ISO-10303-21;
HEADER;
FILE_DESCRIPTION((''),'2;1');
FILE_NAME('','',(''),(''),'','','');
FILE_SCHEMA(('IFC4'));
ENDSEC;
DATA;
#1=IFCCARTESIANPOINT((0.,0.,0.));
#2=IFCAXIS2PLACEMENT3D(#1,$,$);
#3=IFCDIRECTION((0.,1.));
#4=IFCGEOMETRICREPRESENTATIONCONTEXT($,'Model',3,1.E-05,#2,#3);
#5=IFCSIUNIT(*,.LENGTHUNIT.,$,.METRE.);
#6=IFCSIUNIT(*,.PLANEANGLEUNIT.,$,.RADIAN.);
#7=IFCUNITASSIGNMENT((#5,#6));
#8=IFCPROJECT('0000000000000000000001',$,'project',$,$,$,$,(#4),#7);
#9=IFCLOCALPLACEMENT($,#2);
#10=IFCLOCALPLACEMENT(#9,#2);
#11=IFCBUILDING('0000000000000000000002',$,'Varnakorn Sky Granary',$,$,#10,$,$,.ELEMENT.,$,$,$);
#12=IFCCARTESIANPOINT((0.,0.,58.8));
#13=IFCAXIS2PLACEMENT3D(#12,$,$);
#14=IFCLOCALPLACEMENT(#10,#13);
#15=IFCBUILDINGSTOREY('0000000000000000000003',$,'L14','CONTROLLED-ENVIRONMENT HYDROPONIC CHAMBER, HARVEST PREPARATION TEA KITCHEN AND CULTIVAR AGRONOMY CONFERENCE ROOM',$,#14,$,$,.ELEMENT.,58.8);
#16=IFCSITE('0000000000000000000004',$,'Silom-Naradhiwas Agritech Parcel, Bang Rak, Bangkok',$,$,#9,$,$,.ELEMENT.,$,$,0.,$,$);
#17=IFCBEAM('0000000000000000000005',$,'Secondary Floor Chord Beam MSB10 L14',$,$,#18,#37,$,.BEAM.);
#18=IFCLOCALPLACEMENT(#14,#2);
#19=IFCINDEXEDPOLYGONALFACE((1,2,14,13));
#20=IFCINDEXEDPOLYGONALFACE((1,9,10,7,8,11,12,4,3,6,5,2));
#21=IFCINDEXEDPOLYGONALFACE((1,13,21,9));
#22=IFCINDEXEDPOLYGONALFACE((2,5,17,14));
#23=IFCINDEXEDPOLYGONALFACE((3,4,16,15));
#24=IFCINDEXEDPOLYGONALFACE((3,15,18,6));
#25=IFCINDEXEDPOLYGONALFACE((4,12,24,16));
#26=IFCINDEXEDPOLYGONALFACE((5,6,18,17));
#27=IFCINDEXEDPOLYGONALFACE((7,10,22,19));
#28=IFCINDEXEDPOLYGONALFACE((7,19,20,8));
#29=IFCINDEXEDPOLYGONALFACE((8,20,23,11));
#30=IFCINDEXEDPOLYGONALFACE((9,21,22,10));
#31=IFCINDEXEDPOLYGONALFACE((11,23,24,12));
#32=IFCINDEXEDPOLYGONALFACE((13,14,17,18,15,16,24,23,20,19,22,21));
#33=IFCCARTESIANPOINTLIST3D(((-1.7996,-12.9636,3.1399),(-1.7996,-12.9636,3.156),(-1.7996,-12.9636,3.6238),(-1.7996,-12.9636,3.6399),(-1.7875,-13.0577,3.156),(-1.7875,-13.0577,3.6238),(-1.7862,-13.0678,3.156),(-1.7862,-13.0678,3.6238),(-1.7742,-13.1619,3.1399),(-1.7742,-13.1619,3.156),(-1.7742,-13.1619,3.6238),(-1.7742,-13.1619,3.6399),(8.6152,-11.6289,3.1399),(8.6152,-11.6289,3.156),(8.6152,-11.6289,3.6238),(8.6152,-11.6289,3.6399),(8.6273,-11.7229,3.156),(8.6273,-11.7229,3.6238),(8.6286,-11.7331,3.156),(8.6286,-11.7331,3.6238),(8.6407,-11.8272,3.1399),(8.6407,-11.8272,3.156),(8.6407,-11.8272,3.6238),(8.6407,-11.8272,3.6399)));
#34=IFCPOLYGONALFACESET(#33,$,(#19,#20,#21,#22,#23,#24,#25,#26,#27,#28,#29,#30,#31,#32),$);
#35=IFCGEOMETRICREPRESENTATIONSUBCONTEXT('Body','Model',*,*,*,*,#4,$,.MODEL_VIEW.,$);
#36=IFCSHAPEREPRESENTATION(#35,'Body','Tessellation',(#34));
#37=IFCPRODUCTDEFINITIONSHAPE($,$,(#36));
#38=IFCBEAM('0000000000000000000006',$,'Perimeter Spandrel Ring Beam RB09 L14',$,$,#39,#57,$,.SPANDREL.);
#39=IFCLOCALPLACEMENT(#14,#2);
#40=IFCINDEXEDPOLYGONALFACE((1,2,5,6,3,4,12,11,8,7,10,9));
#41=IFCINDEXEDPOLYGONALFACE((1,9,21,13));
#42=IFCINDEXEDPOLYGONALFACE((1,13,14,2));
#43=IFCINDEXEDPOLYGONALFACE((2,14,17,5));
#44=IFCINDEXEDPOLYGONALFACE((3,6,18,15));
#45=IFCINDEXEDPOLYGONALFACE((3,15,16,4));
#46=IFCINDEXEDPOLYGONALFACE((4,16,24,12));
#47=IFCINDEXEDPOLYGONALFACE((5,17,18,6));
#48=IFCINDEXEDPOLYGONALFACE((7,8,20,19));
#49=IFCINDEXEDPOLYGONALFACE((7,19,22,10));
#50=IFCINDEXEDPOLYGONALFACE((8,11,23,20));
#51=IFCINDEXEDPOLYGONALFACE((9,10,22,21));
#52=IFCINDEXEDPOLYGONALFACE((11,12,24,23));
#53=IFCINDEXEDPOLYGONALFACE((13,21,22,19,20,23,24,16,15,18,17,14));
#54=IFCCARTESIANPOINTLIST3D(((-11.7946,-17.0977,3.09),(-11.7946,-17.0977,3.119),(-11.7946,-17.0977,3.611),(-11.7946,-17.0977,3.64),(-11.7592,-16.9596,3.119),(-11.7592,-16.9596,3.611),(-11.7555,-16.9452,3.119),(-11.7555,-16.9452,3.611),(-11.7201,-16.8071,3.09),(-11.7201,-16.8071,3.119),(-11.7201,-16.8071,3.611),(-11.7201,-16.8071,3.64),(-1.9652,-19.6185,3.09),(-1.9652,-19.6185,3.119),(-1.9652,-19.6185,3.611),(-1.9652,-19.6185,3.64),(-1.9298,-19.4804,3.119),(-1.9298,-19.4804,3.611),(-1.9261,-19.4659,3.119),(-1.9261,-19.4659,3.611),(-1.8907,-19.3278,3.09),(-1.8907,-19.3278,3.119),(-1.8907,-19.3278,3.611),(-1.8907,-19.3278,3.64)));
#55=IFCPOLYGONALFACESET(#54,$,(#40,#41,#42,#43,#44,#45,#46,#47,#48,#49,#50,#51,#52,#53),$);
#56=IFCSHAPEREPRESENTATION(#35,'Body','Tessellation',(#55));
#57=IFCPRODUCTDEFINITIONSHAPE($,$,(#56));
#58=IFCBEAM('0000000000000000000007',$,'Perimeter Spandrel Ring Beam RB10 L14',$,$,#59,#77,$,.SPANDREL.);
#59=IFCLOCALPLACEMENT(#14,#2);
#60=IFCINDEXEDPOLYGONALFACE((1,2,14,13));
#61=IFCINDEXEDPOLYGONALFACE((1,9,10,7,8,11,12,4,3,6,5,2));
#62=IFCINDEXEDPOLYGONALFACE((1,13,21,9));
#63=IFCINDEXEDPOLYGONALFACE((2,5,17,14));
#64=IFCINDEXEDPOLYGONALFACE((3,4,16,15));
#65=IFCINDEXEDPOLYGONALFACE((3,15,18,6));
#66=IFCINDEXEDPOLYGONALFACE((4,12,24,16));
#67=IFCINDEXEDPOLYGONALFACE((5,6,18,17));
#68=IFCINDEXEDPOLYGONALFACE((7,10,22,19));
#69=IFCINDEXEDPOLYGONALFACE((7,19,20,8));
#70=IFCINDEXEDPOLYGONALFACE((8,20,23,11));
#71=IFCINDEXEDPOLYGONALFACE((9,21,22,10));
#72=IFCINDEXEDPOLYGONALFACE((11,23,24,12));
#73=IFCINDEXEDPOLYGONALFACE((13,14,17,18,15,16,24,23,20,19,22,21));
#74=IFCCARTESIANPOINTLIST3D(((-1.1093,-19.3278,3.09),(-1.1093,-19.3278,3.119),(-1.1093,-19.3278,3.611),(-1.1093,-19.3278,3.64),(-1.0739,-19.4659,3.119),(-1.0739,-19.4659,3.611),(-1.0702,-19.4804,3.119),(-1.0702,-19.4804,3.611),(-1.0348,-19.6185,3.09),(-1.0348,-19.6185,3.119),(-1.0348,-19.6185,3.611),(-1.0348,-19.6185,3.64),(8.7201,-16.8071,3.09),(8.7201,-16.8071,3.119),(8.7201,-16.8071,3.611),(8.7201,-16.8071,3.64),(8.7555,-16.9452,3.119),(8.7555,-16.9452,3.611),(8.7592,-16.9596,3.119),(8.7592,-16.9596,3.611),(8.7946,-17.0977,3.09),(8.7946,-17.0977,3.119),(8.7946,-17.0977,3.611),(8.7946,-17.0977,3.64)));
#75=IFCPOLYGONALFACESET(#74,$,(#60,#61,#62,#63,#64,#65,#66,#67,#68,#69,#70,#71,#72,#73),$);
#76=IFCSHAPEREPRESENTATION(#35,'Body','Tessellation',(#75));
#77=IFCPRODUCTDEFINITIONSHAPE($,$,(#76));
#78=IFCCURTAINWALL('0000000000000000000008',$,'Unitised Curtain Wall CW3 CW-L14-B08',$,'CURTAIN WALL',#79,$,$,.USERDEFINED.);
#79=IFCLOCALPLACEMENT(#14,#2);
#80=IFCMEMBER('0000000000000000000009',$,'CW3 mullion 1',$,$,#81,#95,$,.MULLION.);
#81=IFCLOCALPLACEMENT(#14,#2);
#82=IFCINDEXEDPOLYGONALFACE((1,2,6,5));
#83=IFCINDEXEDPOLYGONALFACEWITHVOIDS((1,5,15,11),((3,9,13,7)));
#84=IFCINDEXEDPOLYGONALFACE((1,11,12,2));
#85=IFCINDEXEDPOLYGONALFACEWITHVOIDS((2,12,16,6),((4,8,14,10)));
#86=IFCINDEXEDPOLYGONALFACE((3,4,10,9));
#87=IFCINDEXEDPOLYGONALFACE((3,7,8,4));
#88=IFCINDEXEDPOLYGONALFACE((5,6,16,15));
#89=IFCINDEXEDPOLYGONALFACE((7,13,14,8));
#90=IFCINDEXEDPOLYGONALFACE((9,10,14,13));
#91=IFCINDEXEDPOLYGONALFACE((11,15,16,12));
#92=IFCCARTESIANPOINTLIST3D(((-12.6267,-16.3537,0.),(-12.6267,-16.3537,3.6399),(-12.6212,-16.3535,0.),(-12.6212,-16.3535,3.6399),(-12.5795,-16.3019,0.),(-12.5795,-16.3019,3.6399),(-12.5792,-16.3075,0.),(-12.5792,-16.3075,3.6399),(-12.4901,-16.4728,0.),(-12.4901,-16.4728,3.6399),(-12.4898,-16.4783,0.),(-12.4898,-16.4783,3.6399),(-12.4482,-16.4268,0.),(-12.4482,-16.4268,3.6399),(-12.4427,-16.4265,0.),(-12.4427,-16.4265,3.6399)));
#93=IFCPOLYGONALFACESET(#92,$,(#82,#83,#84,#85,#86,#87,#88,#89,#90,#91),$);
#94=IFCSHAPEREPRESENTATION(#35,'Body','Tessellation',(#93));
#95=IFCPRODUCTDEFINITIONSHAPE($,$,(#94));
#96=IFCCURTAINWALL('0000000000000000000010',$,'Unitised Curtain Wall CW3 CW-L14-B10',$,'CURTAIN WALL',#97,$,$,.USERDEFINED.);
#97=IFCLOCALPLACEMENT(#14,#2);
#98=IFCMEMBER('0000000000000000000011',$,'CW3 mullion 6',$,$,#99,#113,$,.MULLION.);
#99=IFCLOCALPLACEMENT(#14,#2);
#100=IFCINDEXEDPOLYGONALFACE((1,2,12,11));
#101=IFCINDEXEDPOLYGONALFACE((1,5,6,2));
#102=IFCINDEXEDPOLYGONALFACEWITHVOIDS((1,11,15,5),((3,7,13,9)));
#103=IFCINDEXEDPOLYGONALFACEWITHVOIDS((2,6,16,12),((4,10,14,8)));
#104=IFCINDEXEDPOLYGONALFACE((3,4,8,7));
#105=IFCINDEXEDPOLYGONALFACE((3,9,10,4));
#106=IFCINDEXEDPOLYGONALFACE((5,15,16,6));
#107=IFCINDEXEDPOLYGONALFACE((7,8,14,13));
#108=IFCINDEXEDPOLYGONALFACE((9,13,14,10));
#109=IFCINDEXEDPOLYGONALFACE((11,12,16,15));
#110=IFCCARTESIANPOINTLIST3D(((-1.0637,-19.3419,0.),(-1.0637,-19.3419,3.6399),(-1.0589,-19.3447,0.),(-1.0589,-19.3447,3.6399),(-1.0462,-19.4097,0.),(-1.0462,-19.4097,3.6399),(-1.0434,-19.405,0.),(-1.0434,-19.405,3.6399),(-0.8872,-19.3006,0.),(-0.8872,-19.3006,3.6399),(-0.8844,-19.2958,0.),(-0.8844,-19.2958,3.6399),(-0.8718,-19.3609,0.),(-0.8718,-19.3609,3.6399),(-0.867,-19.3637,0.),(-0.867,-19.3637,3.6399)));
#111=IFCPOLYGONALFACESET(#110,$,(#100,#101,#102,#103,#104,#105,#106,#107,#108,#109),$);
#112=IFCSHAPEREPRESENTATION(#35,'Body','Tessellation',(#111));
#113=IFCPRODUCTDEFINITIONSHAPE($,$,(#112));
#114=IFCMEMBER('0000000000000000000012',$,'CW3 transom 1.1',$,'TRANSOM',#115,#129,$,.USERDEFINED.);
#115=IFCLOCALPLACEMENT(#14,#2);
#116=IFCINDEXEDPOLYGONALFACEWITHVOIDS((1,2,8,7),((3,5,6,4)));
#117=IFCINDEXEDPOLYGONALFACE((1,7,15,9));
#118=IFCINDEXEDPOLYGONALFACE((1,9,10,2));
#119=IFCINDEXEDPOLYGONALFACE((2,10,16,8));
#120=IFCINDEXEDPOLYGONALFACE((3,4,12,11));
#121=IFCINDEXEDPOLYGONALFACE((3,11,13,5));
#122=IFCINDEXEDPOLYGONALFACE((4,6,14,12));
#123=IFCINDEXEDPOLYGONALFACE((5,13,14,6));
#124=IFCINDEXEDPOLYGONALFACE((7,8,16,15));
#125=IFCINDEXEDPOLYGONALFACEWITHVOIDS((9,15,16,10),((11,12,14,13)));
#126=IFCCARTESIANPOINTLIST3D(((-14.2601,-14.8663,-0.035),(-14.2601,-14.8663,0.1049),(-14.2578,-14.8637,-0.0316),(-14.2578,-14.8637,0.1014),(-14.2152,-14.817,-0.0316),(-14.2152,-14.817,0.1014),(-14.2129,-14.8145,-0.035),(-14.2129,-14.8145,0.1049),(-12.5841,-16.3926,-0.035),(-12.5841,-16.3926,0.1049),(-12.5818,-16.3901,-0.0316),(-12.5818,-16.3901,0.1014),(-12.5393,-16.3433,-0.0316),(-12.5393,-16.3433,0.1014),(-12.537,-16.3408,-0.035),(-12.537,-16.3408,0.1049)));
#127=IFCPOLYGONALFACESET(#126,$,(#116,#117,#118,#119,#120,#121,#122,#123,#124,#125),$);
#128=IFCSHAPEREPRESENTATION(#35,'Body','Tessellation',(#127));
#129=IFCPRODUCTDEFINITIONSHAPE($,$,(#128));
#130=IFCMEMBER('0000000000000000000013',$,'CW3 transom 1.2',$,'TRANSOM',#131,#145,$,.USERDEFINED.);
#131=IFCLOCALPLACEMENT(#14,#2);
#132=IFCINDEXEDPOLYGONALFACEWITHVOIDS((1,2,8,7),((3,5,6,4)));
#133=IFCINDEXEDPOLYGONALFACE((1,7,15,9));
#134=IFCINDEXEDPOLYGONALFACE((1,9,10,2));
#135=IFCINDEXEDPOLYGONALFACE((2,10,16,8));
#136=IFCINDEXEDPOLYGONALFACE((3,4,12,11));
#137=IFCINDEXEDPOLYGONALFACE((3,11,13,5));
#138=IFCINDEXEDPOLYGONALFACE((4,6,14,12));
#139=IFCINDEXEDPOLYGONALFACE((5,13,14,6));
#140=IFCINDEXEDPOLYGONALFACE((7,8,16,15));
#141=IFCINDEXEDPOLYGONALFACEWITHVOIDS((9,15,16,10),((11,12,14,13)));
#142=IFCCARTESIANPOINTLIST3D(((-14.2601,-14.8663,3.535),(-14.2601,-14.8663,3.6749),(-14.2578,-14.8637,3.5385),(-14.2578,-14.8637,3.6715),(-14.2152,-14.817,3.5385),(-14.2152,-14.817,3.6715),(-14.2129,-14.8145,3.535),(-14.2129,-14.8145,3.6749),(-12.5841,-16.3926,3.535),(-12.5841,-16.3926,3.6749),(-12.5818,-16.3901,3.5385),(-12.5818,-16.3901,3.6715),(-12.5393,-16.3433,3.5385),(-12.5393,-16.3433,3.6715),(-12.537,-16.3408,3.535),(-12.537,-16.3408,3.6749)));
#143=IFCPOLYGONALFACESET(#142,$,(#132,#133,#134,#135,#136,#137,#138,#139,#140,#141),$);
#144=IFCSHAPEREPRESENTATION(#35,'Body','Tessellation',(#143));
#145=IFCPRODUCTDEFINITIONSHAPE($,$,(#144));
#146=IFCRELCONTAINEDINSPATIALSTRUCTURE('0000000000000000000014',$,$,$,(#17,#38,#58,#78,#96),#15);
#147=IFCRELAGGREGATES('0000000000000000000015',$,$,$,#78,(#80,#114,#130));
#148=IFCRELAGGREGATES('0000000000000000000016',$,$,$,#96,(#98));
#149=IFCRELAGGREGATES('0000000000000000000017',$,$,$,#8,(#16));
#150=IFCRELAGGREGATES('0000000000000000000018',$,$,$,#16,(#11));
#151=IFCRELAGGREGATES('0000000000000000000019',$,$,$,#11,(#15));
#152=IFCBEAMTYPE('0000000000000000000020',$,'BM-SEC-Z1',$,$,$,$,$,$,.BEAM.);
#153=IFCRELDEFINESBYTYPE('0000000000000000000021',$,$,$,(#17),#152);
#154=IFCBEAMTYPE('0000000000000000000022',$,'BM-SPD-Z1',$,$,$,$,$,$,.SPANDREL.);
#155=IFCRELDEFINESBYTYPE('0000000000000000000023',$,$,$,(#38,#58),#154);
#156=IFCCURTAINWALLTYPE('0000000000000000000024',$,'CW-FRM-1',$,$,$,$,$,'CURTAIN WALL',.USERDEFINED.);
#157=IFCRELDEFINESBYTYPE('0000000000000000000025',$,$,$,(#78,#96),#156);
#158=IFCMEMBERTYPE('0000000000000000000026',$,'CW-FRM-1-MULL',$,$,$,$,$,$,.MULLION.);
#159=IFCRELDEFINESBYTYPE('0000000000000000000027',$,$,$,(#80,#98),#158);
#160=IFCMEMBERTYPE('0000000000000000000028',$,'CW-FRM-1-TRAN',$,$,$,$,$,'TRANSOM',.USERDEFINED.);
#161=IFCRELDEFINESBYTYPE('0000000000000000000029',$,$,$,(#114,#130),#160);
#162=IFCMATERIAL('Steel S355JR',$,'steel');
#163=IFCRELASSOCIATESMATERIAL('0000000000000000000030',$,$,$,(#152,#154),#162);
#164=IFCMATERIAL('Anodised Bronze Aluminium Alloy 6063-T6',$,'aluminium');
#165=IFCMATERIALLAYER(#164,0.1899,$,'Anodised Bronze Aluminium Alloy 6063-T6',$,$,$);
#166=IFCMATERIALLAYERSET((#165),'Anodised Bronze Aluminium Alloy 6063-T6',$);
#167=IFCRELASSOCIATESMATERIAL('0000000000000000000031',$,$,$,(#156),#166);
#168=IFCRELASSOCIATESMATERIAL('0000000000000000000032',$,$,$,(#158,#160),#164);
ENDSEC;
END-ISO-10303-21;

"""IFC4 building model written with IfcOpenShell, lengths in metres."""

from ifc_helpers import new_model, si_unit, direction, frame, origin, origin_2d, place, context, subcontext, project, spatial, hollow_rectangle, i_section, extrude, material, layer, layer_set, material_profile, profile_set, type_object, element, aggregate, save


model = new_model("IFC4")

# Units and contexts
model_context = context("Model", 3, precision=1e-05, world=origin(), true_north=direction((0.0, 1.0)))
body_context = subcontext(model_context, "Body", "Model", "MODEL_VIEW")
ifc_project = project(units=[si_unit("LENGTHUNIT", "METRE"), si_unit("PLANEANGLEUNIT", "RADIAN")], contexts=[model_context])

# Site, building, storey
site_placement = place(None, origin())
site = spatial("IfcSite", under=ifc_project, at=site_placement, Name="Silom-Naradhiwas Agritech Parcel, Bang Rak, Bangkok", CompositionType="ELEMENT", RefElevation=0.0)
building_placement = place(site_placement, origin())
building = spatial("IfcBuilding", under=site, at=building_placement, Name="Varnakorn Sky Granary", CompositionType="ELEMENT")
storey_placement = place(building_placement, frame((0.0, 0.0, 58.8)))
storey = spatial("IfcBuildingStorey", under=building, at=storey_placement, Name="L14", Description="CONTROLLED-ENVIRONMENT HYDROPONIC CHAMBER, HARVEST PREPARATION TEA KITCHEN AND CULTIVAR AGRONOMY CONFERENCE ROOM", CompositionType="ELEMENT", Elevation=58.8)

# Beams
ifc_material_1 = material(Name="Steel S355JR", Category="steel")
ifc_material_profile_1 = material_profile(ifc_material_1, i_section(OverallWidth=0.2, OverallDepth=0.5, WebThickness=0.0103, FlangeThickness=0.0161, at=origin_2d()), Name="IPE 500")
ifc_profile_set_1 = profile_set([ifc_material_profile_1], Name="Steel S355JR")
beam_type_1 = type_object("IfcBeamType", Name="BM-SEC-Z1", PredefinedType="BEAM", material=ifc_profile_set_1)
beam_1_placement = place(storey_placement, frame((-1.7869, -13.0627, 3.3899), z_axis=(0.991888, 0.127116, 0.0), x_axis=(-0.127116, 0.991888, 0.0)))
element("IfcBeam", 1, at=beam_1_placement, inside=storey, type_object=beam_type_1, Name="Secondary Floor Chord Beam MSB10 L14", PredefinedType="BEAM", context=body_context, shape_type="SweptSolid", body=[
    extrude(i_section(OverallWidth=0.2, OverallDepth=0.5, WebThickness=0.0103, FlangeThickness=0.0161, at=origin_2d()), origin(), (0.0, 0.0, 1.0), 10.5),
])
ifc_material_profile_2 = material_profile(ifc_material_1, i_section(OverallWidth=0.3, OverallDepth=0.55, WebThickness=0.0149, FlangeThickness=0.0291, at=origin_2d()), Name="HE 550 B")
ifc_profile_set_2 = profile_set([ifc_material_profile_2], Name="Steel S355JR")
beam_type_2 = type_object("IfcBeamType", Name="BM-SPD-Z1", PredefinedType="SPANDREL", material=ifc_profile_set_2)
for number, where, z_axis, x_axis, name in (
    (2, (-11.7573, -16.9524, 3.365), (0.968654, -0.248413, 0.0), (0.248413, 0.968654, 0.0), "Perimeter Spandrel Ring Beam RB09 L14"),
    (3, (-1.072, -19.4731, 3.365), (0.968654, 0.248413, 0.0), (-0.248413, 0.968654, 0.0), "Perimeter Spandrel Ring Beam RB10 L14"),
):
    element("IfcBeam", number, at=place(storey_placement, frame(where, z_axis=z_axis, x_axis=x_axis)), inside=storey, type_object=beam_type_2, Name=name, PredefinedType="SPANDREL", context=body_context, shape_type="SweptSolid", body=[
        extrude(i_section(OverallWidth=0.3, OverallDepth=0.55, WebThickness=0.0149, FlangeThickness=0.0291, at=origin_2d()), origin(), (0.0, 0.0, 1.0), 10.1475),
    ])

# Curtain walls, members
ifc_material_2 = material(Name="Anodised Bronze Aluminium Alloy 6063-T6", Category="aluminium")
ifc_layer_1 = layer(ifc_material_2, 0.1899, Name="Anodised Bronze Aluminium Alloy 6063-T6")
ifc_layer_set_1 = layer_set([ifc_layer_1], Name="Anodised Bronze Aluminium Alloy 6063-T6")
curtain_wall_type = type_object("IfcCurtainWallType", Name="CW-FRM-1", ElementType="CURTAIN WALL", PredefinedType="USERDEFINED", material=ifc_layer_set_1)
curtain_wall_1_placement = place(storey_placement, origin())
curtain_wall_1 = element("IfcCurtainWall", 4, at=curtain_wall_1_placement, inside=storey, type_object=curtain_wall_type, Name="Unitised Curtain Wall CW3 CW-L14-B08", ObjectType="CURTAIN WALL", PredefinedType="USERDEFINED")
ifc_material_profile_3 = material_profile(ifc_material_2, hollow_rectangle(XDim=0.0701, YDim=0.1851, WallThickness=0.0039, at=origin_2d()), Name="ALU MULL 70x185")
ifc_profile_set_3 = profile_set([ifc_material_profile_3], Name="Anodised Bronze Aluminium Alloy 6063-T6")
member_type_1 = type_object("IfcMemberType", Name="CW-FRM-1-MULL", PredefinedType="MULLION", material=ifc_profile_set_3)
member_1_placement = place(storey_placement, frame((-12.5347, -16.3901, 0.0), z_axis=(0.0, 0.0, 1.0), x_axis=(-0.673319, -0.739352, 0.0)))
member_1 = element("IfcMember", 5, at=member_1_placement, type_object=member_type_1, Name="CW3 mullion 1", PredefinedType="MULLION", context=body_context, shape_type="SweptSolid", body=[
    extrude(hollow_rectangle(XDim=0.0701, YDim=0.1851, WallThickness=0.0039, at=origin_2d()), origin(), (0.0, 0.0, 1.0), 3.6399),
])
curtain_wall_2_placement = place(storey_placement, origin())
curtain_wall_2 = element("IfcCurtainWall", 6, at=curtain_wall_2_placement, inside=storey, type_object=curtain_wall_type, Name="Unitised Curtain Wall CW3 CW-L14-B10", ObjectType="CURTAIN WALL", PredefinedType="USERDEFINED")
member_2_placement = place(storey_placement, frame((-0.9653, -19.3528, 0.0), z_axis=(0.0, 0.0, 1.0), x_axis=(0.248656, -0.968592, 0.0)))
member_2 = element("IfcMember", 7, at=member_2_placement, type_object=member_type_1, Name="CW3 mullion 6", PredefinedType="MULLION", context=body_context, shape_type="SweptSolid", body=[
    extrude(hollow_rectangle(XDim=0.0701, YDim=0.1851, WallThickness=0.0039, at=origin_2d()), origin(), (0.0, 0.0, 1.0), 3.6399),
])

# Members
ifc_material_profile_4 = material_profile(ifc_material_2, hollow_rectangle(XDim=0.0701, YDim=0.1399, WallThickness=0.0034, at=origin_2d()), Name="ALU TRAN 70x140")
ifc_profile_set_4 = profile_set([ifc_material_profile_4], Name="Anodised Bronze Aluminium Alloy 6063-T6")
member_type_2 = type_object("IfcMemberType", Name="CW-FRM-1-TRAN", ElementType="TRANSOM", PredefinedType="USERDEFINED", material=ifc_profile_set_4)
member_3_placement = place(storey_placement, frame((-12.5605, -16.3667, 0.0349), z_axis=(-0.739345, 0.673327, 0.0), x_axis=(-0.673327, -0.739345, 0.0)))
member_3 = element("IfcMember", 8, at=member_3_placement, type_object=member_type_2, Name="CW3 transom 1.1", ObjectType="TRANSOM", PredefinedType="USERDEFINED", context=body_context, shape_type="SweptSolid", body=[
    extrude(hollow_rectangle(XDim=0.0701, YDim=0.1399, WallThickness=0.0034, at=origin_2d()), origin(), (0.0, 0.0, 1.0), 2.2668),
])
member_4_placement = place(storey_placement, frame((-12.5605, -16.3667, 3.605), z_axis=(-0.739345, 0.673327, 0.0), x_axis=(-0.673327, -0.739345, 0.0)))
member_4 = element("IfcMember", 9, at=member_4_placement, type_object=member_type_2, Name="CW3 transom 1.2", ObjectType="TRANSOM", PredefinedType="USERDEFINED", context=body_context, shape_type="SweptSolid", body=[
    extrude(hollow_rectangle(XDim=0.0701, YDim=0.1399, WallThickness=0.0034, at=origin_2d()), origin(), (0.0, 0.0, 1.0), 2.2668),
])
aggregate(curtain_wall_1, [member_1, member_3, member_4])

aggregate(curtain_wall_2, [member_2])

save(model, "model.ifc")
